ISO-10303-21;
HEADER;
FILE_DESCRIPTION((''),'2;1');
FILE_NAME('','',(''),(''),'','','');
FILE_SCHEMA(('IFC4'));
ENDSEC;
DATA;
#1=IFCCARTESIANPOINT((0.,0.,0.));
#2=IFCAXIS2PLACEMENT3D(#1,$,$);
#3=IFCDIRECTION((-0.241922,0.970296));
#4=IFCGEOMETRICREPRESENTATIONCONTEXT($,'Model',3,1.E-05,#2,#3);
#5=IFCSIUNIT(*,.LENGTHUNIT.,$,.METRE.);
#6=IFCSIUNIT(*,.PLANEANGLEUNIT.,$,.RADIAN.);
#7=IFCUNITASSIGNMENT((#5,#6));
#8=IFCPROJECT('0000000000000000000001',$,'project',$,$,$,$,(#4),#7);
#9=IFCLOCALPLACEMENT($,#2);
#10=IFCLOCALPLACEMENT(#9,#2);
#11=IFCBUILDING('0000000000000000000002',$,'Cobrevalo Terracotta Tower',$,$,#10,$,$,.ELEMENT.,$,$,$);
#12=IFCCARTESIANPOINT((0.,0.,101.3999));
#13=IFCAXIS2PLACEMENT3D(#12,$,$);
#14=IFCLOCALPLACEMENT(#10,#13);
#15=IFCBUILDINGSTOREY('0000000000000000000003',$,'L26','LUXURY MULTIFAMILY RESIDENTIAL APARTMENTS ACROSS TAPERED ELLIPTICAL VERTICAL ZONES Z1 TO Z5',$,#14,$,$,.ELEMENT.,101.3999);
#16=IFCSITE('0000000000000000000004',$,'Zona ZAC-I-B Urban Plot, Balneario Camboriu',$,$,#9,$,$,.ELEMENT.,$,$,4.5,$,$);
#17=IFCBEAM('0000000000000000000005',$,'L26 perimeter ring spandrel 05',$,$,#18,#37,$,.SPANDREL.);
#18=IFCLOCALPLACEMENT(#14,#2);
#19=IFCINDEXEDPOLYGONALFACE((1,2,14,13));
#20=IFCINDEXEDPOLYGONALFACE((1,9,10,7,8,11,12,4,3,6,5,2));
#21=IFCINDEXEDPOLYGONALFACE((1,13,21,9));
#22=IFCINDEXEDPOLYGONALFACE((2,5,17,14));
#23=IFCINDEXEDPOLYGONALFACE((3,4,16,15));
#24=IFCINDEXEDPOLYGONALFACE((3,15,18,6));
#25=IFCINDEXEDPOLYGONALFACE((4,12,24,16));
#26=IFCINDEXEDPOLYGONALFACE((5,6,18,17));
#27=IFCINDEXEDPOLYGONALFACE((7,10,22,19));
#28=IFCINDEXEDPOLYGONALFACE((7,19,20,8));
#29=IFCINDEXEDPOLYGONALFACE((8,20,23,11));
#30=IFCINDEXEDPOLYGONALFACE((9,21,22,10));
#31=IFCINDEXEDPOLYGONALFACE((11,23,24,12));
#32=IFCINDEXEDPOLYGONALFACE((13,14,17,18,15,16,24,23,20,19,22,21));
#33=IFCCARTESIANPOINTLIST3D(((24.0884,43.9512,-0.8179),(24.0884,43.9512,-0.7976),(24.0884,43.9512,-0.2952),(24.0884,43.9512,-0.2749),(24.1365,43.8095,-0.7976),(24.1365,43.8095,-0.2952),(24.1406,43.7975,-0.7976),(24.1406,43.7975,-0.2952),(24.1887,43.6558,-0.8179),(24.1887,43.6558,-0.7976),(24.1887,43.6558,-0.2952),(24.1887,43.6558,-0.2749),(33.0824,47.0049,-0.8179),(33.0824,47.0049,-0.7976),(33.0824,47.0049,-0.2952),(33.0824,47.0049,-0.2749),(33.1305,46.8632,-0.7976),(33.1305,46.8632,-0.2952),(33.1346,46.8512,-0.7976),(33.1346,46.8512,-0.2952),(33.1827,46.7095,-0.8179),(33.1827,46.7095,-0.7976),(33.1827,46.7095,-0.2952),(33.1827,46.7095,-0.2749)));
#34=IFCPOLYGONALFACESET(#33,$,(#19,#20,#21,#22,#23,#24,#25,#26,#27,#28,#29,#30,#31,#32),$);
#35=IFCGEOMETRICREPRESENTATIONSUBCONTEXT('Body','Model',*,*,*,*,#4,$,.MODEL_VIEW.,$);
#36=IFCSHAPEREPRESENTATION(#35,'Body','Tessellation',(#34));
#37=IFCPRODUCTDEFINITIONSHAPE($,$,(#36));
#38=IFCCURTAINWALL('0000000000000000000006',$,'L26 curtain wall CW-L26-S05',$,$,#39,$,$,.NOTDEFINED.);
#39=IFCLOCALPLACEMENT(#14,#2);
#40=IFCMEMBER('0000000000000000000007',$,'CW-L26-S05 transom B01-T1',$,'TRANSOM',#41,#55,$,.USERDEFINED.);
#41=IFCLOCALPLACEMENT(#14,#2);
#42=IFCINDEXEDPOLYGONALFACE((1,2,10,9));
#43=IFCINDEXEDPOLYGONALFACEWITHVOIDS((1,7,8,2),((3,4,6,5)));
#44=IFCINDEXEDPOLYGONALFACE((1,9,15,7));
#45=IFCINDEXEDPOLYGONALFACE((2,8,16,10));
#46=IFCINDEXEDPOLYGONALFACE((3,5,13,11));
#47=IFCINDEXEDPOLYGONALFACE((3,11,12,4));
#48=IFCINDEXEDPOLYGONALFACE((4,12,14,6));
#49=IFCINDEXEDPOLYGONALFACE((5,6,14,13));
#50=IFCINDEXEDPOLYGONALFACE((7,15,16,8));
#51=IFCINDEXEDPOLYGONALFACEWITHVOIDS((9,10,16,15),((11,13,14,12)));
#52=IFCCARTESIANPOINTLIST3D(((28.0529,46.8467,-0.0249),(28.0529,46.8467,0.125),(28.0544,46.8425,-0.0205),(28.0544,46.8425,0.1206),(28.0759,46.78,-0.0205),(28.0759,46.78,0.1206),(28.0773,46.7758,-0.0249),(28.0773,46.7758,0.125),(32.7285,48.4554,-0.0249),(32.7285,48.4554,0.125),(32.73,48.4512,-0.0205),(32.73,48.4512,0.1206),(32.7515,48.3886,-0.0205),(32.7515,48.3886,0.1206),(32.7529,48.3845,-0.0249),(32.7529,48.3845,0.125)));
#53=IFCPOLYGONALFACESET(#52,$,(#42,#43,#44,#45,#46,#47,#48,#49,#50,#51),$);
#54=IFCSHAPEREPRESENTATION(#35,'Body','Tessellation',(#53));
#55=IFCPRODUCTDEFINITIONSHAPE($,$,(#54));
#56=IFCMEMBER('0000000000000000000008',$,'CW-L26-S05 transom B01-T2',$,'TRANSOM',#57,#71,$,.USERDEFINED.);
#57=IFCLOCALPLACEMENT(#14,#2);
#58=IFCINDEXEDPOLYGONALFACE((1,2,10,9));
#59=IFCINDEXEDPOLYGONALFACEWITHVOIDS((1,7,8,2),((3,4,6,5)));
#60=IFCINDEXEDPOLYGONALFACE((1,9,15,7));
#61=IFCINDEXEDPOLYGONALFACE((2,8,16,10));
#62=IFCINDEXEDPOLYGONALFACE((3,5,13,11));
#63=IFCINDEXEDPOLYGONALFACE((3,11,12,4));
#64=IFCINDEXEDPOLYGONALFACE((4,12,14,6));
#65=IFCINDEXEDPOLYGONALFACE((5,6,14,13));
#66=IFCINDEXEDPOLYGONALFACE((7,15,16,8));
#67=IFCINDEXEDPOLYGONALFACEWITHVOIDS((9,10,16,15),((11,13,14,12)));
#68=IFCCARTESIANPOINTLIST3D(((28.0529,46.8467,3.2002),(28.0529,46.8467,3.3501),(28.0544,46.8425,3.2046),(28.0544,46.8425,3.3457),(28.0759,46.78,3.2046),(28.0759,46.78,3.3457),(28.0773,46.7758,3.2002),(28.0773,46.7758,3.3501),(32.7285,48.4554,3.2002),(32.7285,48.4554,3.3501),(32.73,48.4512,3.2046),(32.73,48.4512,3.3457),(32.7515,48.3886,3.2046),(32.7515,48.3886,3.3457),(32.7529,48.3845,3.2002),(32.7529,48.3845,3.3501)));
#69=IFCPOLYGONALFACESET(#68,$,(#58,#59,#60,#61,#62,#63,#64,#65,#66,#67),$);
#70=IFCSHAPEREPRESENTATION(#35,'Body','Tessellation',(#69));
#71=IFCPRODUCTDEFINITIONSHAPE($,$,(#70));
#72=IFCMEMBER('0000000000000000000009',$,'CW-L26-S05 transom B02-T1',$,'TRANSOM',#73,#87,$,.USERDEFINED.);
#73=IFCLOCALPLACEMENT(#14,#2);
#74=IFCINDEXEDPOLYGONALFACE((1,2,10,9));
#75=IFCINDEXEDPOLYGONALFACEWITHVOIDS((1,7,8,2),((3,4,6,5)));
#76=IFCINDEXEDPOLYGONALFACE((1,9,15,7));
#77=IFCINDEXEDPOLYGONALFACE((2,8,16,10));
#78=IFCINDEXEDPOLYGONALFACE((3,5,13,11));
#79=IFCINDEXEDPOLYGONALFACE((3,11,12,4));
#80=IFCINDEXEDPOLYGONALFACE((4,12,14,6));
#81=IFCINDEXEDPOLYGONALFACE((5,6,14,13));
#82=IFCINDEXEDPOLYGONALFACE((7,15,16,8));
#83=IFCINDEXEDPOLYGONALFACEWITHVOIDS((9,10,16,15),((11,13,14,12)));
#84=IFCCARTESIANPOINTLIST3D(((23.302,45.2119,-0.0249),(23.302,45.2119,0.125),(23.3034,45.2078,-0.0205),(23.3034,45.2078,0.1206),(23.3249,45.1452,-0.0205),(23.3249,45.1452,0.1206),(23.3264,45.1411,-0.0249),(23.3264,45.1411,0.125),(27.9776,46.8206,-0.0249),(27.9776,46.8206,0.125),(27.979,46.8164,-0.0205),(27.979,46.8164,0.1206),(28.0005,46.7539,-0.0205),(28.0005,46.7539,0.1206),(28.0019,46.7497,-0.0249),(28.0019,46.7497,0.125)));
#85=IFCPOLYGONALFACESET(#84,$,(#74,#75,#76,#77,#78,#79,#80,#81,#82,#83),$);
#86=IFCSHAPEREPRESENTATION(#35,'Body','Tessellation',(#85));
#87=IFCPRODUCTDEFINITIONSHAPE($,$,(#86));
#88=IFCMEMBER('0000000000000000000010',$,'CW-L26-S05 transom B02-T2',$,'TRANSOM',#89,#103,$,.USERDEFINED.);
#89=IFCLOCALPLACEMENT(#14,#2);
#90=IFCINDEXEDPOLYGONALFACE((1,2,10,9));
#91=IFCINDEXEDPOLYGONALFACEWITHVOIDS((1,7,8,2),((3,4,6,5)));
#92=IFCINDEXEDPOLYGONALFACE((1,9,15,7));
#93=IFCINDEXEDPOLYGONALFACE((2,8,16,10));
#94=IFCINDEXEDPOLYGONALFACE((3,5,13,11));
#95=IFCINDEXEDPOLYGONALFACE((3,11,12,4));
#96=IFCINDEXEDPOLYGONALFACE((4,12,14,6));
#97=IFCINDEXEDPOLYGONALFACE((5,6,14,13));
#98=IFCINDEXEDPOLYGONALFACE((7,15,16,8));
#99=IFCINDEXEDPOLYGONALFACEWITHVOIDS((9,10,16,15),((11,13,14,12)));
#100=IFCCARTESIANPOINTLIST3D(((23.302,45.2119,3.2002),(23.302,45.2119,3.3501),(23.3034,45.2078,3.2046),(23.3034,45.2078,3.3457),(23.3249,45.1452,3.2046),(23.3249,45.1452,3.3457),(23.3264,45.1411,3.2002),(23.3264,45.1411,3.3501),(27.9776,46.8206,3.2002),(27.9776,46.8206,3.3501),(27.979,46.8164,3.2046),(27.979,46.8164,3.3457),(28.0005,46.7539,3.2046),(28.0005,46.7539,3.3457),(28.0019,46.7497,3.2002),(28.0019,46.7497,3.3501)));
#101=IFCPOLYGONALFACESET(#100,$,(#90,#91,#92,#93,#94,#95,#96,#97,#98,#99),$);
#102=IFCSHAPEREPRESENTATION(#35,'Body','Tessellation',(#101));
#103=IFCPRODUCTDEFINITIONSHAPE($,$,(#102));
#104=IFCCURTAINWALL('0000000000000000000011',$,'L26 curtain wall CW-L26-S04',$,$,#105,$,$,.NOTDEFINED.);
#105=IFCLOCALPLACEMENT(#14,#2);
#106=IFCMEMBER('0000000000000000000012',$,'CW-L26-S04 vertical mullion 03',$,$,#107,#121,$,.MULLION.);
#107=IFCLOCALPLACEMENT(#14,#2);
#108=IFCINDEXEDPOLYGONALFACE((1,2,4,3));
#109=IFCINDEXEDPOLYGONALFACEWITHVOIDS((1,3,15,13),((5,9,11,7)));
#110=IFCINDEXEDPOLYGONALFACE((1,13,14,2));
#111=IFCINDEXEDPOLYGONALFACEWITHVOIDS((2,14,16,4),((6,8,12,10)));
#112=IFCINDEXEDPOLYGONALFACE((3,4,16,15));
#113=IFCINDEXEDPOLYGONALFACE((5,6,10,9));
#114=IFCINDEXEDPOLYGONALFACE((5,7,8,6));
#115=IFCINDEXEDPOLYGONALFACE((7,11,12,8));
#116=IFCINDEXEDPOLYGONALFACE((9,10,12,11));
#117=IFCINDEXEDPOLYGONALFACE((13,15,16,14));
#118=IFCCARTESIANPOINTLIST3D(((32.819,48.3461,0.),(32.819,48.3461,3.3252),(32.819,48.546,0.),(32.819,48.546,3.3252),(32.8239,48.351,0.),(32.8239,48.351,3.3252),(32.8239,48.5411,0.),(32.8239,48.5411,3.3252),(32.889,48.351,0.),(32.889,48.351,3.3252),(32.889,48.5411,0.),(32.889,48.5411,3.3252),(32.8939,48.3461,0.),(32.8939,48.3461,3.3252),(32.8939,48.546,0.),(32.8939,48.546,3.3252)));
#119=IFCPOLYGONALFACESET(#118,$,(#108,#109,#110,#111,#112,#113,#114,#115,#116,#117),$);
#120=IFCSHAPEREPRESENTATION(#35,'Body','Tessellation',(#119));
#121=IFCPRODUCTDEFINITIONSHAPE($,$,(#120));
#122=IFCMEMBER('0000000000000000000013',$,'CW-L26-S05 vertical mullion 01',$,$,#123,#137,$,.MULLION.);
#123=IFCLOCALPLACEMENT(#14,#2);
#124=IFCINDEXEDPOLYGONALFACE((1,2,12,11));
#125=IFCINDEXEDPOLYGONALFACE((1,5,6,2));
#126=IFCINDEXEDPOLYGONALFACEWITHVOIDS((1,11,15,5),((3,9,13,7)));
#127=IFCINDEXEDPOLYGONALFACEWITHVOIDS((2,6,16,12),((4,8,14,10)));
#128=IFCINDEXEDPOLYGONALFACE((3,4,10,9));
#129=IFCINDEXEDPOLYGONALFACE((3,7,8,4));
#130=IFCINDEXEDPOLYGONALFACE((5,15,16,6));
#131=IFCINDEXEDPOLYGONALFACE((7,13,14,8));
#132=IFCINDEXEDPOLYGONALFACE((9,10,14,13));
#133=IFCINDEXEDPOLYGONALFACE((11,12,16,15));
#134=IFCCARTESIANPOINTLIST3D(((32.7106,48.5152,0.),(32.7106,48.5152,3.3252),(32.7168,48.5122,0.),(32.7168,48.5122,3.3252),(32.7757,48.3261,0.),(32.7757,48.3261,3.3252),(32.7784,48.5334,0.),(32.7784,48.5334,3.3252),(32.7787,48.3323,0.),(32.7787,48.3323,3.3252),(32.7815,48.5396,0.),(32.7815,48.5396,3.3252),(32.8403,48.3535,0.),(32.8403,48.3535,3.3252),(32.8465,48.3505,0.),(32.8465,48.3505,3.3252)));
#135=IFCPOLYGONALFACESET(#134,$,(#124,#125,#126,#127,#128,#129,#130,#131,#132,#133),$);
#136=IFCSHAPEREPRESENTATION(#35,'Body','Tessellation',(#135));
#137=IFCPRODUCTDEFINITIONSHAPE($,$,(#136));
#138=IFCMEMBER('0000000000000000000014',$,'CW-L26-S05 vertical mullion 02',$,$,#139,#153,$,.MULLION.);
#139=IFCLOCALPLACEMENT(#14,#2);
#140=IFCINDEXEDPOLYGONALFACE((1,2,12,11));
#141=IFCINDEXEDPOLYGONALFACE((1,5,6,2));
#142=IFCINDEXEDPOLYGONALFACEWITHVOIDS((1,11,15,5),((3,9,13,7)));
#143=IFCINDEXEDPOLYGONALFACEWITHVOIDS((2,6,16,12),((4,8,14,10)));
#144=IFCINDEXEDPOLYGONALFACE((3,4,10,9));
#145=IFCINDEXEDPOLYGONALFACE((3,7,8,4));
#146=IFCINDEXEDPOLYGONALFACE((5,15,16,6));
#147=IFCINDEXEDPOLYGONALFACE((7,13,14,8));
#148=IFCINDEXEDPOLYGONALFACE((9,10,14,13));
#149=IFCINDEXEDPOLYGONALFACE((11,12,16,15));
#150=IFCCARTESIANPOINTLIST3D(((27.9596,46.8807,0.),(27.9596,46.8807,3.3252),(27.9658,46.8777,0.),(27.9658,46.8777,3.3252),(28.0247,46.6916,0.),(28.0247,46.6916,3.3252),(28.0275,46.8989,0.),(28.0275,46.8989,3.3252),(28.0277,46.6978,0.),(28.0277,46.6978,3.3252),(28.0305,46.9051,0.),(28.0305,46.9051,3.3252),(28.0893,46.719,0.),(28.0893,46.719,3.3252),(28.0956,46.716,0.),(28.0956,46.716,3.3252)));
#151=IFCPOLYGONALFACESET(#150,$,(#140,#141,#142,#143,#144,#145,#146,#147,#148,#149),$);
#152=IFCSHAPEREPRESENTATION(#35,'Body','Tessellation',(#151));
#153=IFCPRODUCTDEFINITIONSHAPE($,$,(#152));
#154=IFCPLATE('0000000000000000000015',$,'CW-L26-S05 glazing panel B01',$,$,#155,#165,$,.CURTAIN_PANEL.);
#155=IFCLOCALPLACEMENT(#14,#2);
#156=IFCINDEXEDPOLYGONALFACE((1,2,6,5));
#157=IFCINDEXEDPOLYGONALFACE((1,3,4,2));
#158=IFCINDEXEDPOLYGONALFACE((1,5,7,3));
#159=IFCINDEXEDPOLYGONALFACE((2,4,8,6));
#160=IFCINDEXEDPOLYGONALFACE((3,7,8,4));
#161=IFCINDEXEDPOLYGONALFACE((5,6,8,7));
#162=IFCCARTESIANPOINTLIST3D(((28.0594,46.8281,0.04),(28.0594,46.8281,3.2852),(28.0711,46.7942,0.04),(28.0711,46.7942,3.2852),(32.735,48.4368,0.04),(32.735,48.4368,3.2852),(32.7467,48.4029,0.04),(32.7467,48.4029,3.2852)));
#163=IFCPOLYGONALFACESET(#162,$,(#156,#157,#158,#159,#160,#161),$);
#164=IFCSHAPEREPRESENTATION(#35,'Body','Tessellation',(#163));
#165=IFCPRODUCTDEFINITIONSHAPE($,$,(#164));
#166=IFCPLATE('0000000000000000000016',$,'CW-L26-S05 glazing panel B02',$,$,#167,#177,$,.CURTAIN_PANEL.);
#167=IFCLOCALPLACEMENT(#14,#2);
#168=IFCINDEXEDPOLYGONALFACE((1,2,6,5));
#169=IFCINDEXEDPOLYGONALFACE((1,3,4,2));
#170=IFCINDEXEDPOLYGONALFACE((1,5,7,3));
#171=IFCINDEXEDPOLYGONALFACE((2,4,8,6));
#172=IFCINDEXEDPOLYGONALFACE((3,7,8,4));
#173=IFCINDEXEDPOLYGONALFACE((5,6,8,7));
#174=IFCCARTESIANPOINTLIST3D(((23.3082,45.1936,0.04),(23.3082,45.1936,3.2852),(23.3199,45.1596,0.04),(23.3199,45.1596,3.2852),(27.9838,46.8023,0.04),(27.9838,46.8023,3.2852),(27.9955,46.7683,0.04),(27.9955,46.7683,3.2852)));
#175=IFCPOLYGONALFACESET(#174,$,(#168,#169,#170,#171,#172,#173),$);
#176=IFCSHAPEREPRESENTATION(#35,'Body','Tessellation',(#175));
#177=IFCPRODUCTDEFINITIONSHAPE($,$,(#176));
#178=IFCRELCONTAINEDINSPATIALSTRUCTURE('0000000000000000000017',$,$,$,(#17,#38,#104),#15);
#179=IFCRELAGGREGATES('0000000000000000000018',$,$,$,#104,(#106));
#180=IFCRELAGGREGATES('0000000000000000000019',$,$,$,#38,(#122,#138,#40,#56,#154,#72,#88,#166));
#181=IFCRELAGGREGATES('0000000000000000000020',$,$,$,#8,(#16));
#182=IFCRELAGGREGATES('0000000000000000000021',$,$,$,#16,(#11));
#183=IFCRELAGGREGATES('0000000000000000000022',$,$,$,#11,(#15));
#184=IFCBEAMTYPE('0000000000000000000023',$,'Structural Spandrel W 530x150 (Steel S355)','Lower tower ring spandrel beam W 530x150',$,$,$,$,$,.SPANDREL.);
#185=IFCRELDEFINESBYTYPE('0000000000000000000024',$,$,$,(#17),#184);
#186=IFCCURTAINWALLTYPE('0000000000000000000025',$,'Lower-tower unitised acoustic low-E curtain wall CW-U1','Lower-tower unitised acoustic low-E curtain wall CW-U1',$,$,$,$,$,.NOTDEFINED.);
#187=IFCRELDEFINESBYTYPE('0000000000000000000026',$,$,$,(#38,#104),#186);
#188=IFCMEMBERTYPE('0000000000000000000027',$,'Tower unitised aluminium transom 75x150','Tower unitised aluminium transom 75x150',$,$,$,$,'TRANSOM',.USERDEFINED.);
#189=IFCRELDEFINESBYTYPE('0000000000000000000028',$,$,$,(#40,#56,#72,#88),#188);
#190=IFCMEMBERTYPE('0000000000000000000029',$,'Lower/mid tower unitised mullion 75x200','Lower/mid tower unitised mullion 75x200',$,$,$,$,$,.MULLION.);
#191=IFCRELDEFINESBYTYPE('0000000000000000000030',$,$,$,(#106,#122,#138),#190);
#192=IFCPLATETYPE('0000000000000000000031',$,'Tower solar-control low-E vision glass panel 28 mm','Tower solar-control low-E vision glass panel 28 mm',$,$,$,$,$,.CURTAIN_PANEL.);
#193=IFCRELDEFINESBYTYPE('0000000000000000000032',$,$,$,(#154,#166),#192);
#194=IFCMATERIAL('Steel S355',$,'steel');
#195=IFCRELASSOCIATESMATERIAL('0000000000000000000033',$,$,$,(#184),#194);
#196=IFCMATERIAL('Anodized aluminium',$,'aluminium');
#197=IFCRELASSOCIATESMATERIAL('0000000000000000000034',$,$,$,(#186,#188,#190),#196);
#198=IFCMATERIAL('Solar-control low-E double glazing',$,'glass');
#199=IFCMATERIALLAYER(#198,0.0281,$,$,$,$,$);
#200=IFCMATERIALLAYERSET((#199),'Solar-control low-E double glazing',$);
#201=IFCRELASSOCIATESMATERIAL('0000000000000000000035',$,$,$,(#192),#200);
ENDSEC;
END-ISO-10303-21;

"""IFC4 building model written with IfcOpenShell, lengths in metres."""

from ifc_helpers import new_model, si_unit, direction, frame, origin, origin_2d, place, context, subcontext, project, spatial, rectangle, hollow_rectangle, i_section, extrude, source, transform, mapped, material, layer, layer_set, material_profile, profile_set, type_object, element, aggregate, save


model = new_model("IFC4")

# Units and contexts
model_context = context("Model", 3, precision=1e-05, world=origin(), true_north=direction((-0.241922, 0.970296)))
body_context = subcontext(model_context, "Body", "Model", "MODEL_VIEW")
ifc_project = project(units=[si_unit("LENGTHUNIT", "METRE"), si_unit("PLANEANGLEUNIT", "RADIAN")], contexts=[model_context])

# Site, building, storey
site_placement = place(None, origin())
site = spatial("IfcSite", under=ifc_project, at=site_placement, Name="Zona ZAC-I-B Urban Plot, Balneario Camboriu", CompositionType="ELEMENT", RefElevation=4.5)
building_placement = place(site_placement, origin())
building = spatial("IfcBuilding", under=site, at=building_placement, Name="Cobrevalo Terracotta Tower", CompositionType="ELEMENT")
storey_placement = place(building_placement, frame((0.0, 0.0, 101.3999)))
storey = spatial("IfcBuildingStorey", under=building, at=storey_placement, Name="L26", Description="LUXURY MULTIFAMILY RESIDENTIAL APARTMENTS ACROSS TAPERED ELLIPTICAL VERTICAL ZONES Z1 TO Z5", CompositionType="ELEMENT", Elevation=101.3999)

# Shared definitions
ifc_material_1 = material(Name="Steel S355", Category="steel")

# Beam
ifc_material_profile_1 = material_profile(ifc_material_1, i_section(OverallWidth=0.312, OverallDepth=0.543, WebThickness=0.0127, FlangeThickness=0.0203, at=origin_2d()), Name="W 530x150")
ifc_profile_set_1 = profile_set([ifc_material_profile_1], Name="Steel S355")
beam_type_1 = type_object("IfcBeamType", Name="Structural Spandrel W 530x150 (Steel S355)", Description="Lower tower ring spandrel beam W 530x150", PredefinedType="SPANDREL", material=ifc_profile_set_1)
beam_1_placement = place(storey_placement, frame((33.1326, 46.8572, -0.5464), z_axis=(-0.946911, -0.321497, 0.0), x_axis=(0.321497, -0.946911, 0.0)))
element("IfcBeam", 1, at=beam_1_placement, inside=storey, type_object=beam_type_1, Name="L26 perimeter ring spandrel 05", PredefinedType="SPANDREL", context=body_context, shape_type="SweptSolid", body=[
    extrude(i_section(OverallWidth=0.312, OverallDepth=0.543, WebThickness=0.0127, FlangeThickness=0.0203, at=origin_2d()), origin(), (0.0, 0.0, 1.0), 9.4983),
])

# Curtain wall, members
ifc_material_2 = material(Name="Anodized aluminium", Category="aluminium")
curtain_wall_type = type_object("IfcCurtainWallType", Name="Lower-tower unitised acoustic low-E curtain wall CW-U1", Description="Lower-tower unitised acoustic low-E curtain wall CW-U1", PredefinedType="NOTDEFINED", material=ifc_material_2)
curtain_wall_1_placement = place(storey_placement, origin())
curtain_wall_1 = element("IfcCurtainWall", 2, at=curtain_wall_1_placement, inside=storey, type_object=curtain_wall_type, Name="L26 curtain wall CW-L26-S05", PredefinedType="NOTDEFINED")
ifc_material_profile_2 = material_profile(ifc_material_2, hollow_rectangle(XDim=0.075, YDim=0.1499, WallThickness=0.0044, at=origin_2d()), Name="CWT 75x150")
ifc_profile_set_2 = profile_set([ifc_material_profile_2], Name="Anodized aluminium")
member_type_1 = type_object("IfcMemberType", Name="Tower unitised aluminium transom 75x150", Description="Tower unitised aluminium transom 75x150", ElementType="TRANSOM", PredefinedType="USERDEFINED", material=ifc_profile_set_2)
shared_shape_1 = source(origin(), body_context, "Body", "SweptSolid", [
    extrude(hollow_rectangle(XDim=0.075, YDim=0.1499, WallThickness=0.0044, at=origin_2d()), origin(), (0.0, 0.0, 1.0), 4.9446),
])
member_1_placement = place(storey_placement, frame((32.7407, 48.4199, 0.05), z_axis=(-0.945598, -0.325338, 0.0), x_axis=(0.325338, -0.945598, 0.0)))
member_1 = element("IfcMember", 3, at=member_1_placement, type_object=member_type_1, Name="CW-L26-S05 transom B01-T1", ObjectType="TRANSOM", PredefinedType="USERDEFINED", context=body_context, shape_type="MappedRepresentation", body=[
    mapped(shared_shape_1, transform((0.0, 0.0, 0.0), scale=1.0)),
])
member_2_placement = place(storey_placement, frame((32.7407, 48.4199, 3.2751), z_axis=(-0.945598, -0.325338, 0.0), x_axis=(0.325338, -0.945598, 0.0)))
member_2 = element("IfcMember", 4, at=member_2_placement, type_object=member_type_1, Name="CW-L26-S05 transom B01-T2", ObjectType="TRANSOM", PredefinedType="USERDEFINED", context=body_context, shape_type="MappedRepresentation", body=[
    mapped(shared_shape_1, transform((0.0, 0.0, 0.0), scale=1.0)),
])
member_3_placement = place(storey_placement, frame((27.9897, 46.7852, 0.05), z_axis=(-0.945598, -0.325338, 0.0), x_axis=(0.325338, -0.945598, 0.0)))
member_3 = element("IfcMember", 5, at=member_3_placement, type_object=member_type_1, Name="CW-L26-S05 transom B02-T1", ObjectType="TRANSOM", PredefinedType="USERDEFINED", context=body_context, shape_type="MappedRepresentation", body=[
    mapped(shared_shape_1, transform((0.0, 0.0, 0.0), scale=1.0)),
])
member_4_placement = place(storey_placement, frame((27.9897, 46.7852, 3.2751), z_axis=(-0.945598, -0.325338, 0.0), x_axis=(0.325338, -0.945598, 0.0)))
member_4 = element("IfcMember", 6, at=member_4_placement, type_object=member_type_1, Name="CW-L26-S05 transom B02-T2", ObjectType="TRANSOM", PredefinedType="USERDEFINED", context=body_context, shape_type="MappedRepresentation", body=[
    mapped(shared_shape_1, transform((0.0, 0.0, 0.0), scale=1.0)),
])

# Curtain wall, member
curtain_wall_2_placement = place(storey_placement, origin())
curtain_wall_2 = element("IfcCurtainWall", 7, at=curtain_wall_2_placement, inside=storey, type_object=curtain_wall_type, Name="L26 curtain wall CW-L26-S04", PredefinedType="NOTDEFINED")
ifc_material_profile_3 = material_profile(ifc_material_2, hollow_rectangle(XDim=0.075, YDim=0.2, WallThickness=0.0049, at=origin_2d()), Name="CWM 75x200")
ifc_profile_set_3 = profile_set([ifc_material_profile_3], Name="Anodized aluminium")
member_type_2 = type_object("IfcMemberType", Name="Lower/mid tower unitised mullion 75x200", Description="Lower/mid tower unitised mullion 75x200", PredefinedType="MULLION", material=ifc_profile_set_3)
shared_shape_2 = source(origin(), body_context, "Body", "SweptSolid", [
    extrude(hollow_rectangle(XDim=0.075, YDim=0.2, WallThickness=0.0049, at=origin_2d()), origin(), (0.0, 0.0, 1.0), 3.3252),
])
member_5_placement = place(storey_placement, frame((32.8564, 48.446, 0.0), z_axis=(0.0, 0.0, 1.0), x_axis=(-1.0, 0.0, 0.0)))
member_5 = element("IfcMember", 8, at=member_5_placement, type_object=member_type_2, Name="CW-L26-S04 vertical mullion 03", PredefinedType="MULLION", context=body_context, shape_type="MappedRepresentation", body=[
    mapped(shared_shape_2, transform((0.0, 0.0, 0.0), scale=1.0)),
])
aggregate(curtain_wall_2, [member_5])

# Members
member_6_placement = place(storey_placement, frame((32.7786, 48.4329, 0.0), z_axis=(0.0, 0.0, 1.0), x_axis=(-0.945598, -0.325337, 0.0)))
member_6 = element("IfcMember", 9, at=member_6_placement, type_object=member_type_2, Name="CW-L26-S05 vertical mullion 01", PredefinedType="MULLION", context=body_context, shape_type="MappedRepresentation", body=[
    mapped(shared_shape_2, transform((0.0, 0.0, 0.0), scale=1.0)),
])
member_7_placement = place(storey_placement, frame((28.0276, 46.7983, 0.0), z_axis=(0.0, 0.0, 1.0), x_axis=(-0.945598, -0.325337, 0.0)))
member_7 = element("IfcMember", 10, at=member_7_placement, type_object=member_type_2, Name="CW-L26-S05 vertical mullion 02", PredefinedType="MULLION", context=body_context, shape_type="MappedRepresentation", body=[
    mapped(shared_shape_2, transform((0.0, 0.0, 0.0), scale=1.0)),
])

# Plates
ifc_material_3 = material(Name="Solar-control low-E double glazing", Category="glass")
ifc_layer_1 = layer(ifc_material_3, 0.0281)
ifc_layer_set_1 = layer_set([ifc_layer_1], Name="Solar-control low-E double glazing")
plate_type = type_object("IfcPlateType", Name="Tower solar-control low-E vision glass panel 28 mm", Description="Tower solar-control low-E vision glass panel 28 mm", PredefinedType="CURTAIN_PANEL", material=ifc_layer_set_1)
shared_shape_3 = source(origin(), body_context, "Body", "SweptSolid", [
    extrude(rectangle(XDim=4.9446, YDim=0.0359, at=origin_2d()), origin(), (0.0, 0.0, 1.0), 3.2451),
])
plate_1_placement = place(storey_placement, frame((30.4031, 47.6155, 0.04), z_axis=(0.0, 0.0, 1.0), x_axis=(-0.945596, -0.325342, 0.0)))
plate_1 = element("IfcPlate", 11, at=plate_1_placement, type_object=plate_type, Name="CW-L26-S05 glazing panel B01", PredefinedType="CURTAIN_PANEL", context=body_context, shape_type="MappedRepresentation", body=[
    mapped(shared_shape_3, transform((0.0, 0.0, 0.0), scale=1.0)),
])
plate_2_placement = place(storey_placement, frame((25.6519, 45.981, 0.04), z_axis=(0.0, 0.0, 1.0), x_axis=(-0.945596, -0.325342, 0.0)))
plate_2 = element("IfcPlate", 12, at=plate_2_placement, type_object=plate_type, Name="CW-L26-S05 glazing panel B02", PredefinedType="CURTAIN_PANEL", context=body_context, shape_type="MappedRepresentation", body=[
    mapped(shared_shape_3, transform((0.0, 0.0, 0.0), scale=1.0)),
])
aggregate(curtain_wall_1, [member_6, member_7, member_1, member_2, plate_1, member_3, member_4, plate_2])

save(model, "model.ifc")
